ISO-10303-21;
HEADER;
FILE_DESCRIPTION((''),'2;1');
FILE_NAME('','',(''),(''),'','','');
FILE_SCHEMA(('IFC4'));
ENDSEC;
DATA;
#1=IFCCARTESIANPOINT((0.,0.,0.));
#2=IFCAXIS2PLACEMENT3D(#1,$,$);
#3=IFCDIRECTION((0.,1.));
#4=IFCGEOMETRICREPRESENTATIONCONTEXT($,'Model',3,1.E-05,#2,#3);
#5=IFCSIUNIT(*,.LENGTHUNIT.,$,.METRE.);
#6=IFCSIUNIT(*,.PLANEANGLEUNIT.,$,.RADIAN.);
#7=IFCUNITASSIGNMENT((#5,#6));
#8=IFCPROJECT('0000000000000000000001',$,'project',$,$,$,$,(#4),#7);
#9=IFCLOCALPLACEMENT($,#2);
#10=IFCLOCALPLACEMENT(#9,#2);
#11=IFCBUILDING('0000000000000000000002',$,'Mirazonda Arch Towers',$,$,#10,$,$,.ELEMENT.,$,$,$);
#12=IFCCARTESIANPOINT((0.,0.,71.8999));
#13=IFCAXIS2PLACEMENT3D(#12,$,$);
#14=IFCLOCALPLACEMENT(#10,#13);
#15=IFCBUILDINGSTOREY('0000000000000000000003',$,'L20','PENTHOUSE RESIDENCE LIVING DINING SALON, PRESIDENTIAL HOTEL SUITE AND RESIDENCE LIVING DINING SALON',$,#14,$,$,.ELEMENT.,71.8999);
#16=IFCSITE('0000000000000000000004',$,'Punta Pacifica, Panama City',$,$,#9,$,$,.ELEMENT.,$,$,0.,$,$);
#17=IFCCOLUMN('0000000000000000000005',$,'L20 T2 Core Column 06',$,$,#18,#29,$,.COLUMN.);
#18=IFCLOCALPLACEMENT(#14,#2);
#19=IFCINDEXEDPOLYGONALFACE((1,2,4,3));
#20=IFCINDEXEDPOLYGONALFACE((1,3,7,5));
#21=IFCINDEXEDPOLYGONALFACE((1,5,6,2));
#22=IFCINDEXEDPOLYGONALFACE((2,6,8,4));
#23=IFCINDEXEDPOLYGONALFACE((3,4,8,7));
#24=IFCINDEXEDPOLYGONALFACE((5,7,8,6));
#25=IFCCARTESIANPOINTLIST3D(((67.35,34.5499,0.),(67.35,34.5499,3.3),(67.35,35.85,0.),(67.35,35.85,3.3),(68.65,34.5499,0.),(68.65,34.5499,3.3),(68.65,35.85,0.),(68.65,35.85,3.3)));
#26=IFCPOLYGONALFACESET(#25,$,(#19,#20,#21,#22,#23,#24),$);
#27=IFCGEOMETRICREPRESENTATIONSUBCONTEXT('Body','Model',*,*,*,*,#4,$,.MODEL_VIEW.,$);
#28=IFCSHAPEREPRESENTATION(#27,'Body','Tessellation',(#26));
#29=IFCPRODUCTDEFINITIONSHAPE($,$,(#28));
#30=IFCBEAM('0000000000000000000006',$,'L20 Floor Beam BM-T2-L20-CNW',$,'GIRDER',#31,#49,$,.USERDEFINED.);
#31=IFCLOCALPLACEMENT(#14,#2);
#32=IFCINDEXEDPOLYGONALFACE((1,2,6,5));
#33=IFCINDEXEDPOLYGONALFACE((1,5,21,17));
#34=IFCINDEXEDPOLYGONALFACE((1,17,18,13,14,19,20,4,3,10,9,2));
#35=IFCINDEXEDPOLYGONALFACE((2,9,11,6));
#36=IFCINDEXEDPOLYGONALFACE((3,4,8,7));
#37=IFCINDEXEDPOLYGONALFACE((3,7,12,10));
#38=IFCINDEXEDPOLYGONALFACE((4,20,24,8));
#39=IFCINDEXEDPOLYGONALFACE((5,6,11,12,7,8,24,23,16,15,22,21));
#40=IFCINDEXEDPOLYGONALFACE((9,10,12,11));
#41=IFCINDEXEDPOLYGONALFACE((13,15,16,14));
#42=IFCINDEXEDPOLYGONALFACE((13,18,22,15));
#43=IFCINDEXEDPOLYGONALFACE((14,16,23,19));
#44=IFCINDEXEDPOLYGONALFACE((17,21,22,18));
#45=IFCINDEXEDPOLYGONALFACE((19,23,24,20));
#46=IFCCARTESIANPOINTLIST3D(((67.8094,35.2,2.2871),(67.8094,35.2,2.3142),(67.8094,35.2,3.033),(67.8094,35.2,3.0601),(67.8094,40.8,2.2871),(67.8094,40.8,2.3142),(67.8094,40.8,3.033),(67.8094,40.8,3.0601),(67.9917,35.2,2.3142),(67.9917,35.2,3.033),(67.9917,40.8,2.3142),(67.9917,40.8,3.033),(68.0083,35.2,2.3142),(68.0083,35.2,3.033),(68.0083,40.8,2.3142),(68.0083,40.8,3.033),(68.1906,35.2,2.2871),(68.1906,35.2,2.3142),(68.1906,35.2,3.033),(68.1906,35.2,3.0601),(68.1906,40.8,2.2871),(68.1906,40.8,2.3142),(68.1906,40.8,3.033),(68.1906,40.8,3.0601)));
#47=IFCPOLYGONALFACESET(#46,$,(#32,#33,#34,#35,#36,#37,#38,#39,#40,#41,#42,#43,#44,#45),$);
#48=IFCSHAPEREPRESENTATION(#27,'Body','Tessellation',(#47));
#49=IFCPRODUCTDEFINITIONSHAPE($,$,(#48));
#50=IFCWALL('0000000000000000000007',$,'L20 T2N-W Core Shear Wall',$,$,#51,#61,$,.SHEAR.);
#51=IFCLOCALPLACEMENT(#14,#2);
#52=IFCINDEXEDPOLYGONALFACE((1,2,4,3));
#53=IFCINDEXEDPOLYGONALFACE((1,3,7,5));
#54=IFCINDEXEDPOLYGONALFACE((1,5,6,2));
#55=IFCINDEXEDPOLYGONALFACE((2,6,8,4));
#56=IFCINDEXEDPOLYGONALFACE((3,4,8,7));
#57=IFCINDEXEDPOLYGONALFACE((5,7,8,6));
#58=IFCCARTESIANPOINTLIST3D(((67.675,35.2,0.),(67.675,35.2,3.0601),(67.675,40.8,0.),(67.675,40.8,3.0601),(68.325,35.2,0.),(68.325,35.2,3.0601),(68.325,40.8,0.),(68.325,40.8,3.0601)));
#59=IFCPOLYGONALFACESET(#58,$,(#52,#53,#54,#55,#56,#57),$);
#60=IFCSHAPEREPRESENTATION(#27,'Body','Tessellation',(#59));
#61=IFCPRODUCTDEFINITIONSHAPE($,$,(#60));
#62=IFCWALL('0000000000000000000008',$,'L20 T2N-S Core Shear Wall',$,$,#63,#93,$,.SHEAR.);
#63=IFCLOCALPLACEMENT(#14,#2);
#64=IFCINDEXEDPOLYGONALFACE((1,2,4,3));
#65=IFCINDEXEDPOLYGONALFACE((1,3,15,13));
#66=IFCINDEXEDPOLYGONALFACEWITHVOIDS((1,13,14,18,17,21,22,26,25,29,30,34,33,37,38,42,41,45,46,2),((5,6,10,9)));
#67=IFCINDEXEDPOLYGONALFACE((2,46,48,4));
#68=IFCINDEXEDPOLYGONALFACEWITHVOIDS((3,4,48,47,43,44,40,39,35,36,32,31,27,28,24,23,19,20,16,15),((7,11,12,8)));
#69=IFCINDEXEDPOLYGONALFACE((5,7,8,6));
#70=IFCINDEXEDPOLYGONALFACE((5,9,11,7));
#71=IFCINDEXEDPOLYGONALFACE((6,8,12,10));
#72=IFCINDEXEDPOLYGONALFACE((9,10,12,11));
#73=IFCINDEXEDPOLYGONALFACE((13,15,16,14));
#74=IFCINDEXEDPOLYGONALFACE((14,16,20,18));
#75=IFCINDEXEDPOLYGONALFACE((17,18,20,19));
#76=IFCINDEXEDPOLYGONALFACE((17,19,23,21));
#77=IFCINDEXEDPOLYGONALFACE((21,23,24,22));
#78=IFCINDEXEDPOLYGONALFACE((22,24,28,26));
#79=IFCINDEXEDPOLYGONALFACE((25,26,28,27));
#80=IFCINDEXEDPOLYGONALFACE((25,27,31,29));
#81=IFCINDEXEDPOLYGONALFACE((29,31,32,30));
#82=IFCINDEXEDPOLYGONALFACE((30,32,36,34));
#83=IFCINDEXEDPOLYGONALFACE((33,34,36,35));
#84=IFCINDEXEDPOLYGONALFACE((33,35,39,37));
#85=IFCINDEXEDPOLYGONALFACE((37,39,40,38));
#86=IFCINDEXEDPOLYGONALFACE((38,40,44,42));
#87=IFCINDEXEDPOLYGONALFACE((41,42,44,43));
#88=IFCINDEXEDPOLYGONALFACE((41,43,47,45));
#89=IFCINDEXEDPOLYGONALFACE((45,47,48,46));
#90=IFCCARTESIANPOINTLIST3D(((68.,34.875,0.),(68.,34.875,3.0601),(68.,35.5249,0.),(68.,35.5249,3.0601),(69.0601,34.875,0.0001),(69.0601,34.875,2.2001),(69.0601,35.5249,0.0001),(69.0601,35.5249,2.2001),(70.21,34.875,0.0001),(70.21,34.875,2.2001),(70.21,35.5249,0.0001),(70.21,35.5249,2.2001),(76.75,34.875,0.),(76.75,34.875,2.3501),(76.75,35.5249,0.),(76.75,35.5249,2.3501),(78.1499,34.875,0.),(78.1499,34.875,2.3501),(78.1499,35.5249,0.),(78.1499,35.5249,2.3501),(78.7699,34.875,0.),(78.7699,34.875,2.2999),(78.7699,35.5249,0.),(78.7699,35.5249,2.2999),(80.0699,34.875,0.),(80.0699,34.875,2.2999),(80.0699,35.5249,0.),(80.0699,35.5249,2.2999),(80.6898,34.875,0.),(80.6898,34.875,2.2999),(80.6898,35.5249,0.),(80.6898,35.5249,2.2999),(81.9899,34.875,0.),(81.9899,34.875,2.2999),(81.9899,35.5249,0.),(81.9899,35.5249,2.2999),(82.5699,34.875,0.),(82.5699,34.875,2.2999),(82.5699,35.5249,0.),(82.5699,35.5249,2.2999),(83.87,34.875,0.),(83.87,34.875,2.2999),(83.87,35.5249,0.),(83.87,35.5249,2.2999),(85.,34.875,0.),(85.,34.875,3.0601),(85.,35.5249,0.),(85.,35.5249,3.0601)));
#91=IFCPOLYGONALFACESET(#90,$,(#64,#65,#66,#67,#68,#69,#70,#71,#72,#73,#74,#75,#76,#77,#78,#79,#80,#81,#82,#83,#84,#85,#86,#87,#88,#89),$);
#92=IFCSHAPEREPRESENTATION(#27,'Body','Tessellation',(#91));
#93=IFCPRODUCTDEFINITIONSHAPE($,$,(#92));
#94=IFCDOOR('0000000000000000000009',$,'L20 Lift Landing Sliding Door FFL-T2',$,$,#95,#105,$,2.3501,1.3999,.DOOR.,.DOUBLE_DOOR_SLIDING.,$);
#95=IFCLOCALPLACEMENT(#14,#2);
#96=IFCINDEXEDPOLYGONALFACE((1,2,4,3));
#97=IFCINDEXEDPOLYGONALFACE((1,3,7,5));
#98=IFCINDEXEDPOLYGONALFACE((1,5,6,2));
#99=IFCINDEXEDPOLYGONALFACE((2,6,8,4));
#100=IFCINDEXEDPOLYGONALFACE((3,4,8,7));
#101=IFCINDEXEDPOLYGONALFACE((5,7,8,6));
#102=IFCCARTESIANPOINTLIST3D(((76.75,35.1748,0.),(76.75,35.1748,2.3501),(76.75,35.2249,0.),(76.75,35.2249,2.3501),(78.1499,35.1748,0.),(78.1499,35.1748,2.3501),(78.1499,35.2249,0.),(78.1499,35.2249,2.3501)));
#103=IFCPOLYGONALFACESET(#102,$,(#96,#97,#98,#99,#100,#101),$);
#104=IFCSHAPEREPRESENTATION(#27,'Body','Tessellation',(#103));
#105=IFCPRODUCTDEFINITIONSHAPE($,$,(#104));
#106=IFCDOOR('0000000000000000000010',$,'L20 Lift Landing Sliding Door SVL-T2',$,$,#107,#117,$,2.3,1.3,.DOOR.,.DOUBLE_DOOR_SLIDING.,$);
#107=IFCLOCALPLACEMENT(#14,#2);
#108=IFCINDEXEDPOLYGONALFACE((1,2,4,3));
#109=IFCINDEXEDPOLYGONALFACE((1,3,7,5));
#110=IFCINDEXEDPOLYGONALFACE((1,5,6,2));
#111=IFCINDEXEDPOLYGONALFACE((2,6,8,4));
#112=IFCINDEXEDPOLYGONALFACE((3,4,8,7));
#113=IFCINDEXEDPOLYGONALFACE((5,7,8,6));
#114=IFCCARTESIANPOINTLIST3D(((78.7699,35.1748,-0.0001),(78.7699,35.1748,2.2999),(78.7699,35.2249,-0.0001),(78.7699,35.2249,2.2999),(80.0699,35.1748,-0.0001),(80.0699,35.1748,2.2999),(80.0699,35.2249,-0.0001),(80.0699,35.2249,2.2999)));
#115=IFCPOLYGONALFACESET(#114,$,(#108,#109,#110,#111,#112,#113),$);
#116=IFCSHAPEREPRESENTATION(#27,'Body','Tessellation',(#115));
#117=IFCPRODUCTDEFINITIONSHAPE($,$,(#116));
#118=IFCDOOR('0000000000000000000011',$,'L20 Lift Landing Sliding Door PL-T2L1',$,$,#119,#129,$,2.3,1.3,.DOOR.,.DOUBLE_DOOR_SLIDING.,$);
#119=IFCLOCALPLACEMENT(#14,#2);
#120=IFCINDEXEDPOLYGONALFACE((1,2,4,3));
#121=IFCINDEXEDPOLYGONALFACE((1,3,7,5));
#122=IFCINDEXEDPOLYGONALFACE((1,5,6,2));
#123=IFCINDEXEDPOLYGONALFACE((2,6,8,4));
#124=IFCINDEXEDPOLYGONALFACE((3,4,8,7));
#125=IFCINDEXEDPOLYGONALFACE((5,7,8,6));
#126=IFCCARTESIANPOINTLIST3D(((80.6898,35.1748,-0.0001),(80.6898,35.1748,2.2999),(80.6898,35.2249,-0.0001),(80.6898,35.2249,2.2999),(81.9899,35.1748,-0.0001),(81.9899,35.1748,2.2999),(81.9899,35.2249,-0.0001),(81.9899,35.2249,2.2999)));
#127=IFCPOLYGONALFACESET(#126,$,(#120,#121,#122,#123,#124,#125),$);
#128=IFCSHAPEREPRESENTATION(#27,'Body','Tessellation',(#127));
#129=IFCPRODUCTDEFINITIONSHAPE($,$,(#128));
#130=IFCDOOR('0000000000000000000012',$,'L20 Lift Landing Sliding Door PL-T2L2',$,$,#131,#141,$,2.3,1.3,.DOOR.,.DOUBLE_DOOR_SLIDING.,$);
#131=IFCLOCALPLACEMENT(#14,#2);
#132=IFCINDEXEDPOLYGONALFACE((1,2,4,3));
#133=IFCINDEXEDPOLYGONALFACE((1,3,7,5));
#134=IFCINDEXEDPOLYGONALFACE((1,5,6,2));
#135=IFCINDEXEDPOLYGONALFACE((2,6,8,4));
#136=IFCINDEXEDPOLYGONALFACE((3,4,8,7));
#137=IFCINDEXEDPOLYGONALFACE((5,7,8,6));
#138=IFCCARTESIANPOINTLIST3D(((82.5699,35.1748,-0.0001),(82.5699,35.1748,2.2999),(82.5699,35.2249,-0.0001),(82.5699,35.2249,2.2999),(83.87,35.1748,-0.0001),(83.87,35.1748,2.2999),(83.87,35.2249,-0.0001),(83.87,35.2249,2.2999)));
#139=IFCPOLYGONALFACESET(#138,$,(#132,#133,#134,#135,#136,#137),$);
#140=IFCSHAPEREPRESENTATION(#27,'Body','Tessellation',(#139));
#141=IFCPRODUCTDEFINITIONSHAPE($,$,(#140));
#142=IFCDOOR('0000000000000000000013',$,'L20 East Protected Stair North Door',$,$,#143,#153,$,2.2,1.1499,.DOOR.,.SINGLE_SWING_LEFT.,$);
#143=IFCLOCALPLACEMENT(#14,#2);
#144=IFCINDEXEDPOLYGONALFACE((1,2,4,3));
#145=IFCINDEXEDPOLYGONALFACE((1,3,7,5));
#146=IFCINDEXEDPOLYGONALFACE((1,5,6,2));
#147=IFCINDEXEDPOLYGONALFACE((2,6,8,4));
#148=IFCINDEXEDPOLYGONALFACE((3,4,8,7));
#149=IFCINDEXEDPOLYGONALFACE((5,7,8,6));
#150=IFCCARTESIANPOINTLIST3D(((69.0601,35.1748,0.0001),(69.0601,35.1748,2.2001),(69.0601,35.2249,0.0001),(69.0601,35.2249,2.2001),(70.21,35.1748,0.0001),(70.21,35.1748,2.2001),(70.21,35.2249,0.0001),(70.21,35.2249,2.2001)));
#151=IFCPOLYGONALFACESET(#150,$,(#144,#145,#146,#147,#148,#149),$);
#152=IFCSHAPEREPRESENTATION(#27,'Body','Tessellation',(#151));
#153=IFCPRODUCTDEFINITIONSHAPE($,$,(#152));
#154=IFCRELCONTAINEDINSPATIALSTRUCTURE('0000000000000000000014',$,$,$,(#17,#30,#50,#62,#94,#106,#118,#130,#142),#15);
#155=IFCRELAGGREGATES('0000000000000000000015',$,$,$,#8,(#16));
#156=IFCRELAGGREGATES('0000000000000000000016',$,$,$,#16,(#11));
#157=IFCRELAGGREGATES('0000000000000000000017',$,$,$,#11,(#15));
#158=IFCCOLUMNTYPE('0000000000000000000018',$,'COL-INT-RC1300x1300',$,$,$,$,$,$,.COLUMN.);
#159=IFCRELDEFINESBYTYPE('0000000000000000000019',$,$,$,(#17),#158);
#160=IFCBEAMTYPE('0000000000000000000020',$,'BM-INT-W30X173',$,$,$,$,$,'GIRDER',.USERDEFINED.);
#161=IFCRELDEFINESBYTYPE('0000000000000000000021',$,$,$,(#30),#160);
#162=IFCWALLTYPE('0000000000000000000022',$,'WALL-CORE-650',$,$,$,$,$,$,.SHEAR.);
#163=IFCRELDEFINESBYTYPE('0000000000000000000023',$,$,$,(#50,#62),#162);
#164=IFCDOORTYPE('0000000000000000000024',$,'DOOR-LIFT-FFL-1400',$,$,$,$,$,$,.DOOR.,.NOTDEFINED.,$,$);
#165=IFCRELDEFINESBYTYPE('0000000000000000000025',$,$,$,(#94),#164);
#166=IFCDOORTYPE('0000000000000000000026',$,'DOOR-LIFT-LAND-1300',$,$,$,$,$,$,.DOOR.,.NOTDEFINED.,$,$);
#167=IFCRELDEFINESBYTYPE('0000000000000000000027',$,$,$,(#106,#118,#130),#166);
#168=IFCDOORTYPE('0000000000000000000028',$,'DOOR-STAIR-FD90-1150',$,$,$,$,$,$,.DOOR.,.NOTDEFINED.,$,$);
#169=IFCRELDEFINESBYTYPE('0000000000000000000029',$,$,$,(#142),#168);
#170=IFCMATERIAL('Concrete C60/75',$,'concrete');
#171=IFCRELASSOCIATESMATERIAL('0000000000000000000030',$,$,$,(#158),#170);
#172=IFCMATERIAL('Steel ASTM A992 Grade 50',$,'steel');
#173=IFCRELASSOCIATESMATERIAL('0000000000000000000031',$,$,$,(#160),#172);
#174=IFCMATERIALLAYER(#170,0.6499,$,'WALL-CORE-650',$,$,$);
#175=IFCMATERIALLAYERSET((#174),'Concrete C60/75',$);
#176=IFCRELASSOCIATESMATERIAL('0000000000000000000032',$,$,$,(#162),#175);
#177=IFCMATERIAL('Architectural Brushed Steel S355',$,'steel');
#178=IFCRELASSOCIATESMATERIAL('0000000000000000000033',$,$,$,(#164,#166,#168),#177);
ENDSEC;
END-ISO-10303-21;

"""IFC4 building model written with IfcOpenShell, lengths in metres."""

from ifc_helpers import new_model, si_unit, direction, frame, frame_2d, origin, origin_2d, place, context, subcontext, project, spatial, rectangle, i_section, extrude, material, layer, layer_set, material_profile, profile_set, type_object, element, fill, save


model = new_model("IFC4")

# Units and contexts
model_context = context("Model", 3, precision=1e-05, world=origin(), true_north=direction((0.0, 1.0)))
body_context = subcontext(model_context, "Body", "Model", "MODEL_VIEW")
ifc_project = project(units=[si_unit("LENGTHUNIT", "METRE"), si_unit("PLANEANGLEUNIT", "RADIAN")], contexts=[model_context])

# Site, building, storey
site_placement = place(None, origin())
site = spatial("IfcSite", under=ifc_project, at=site_placement, Name="Punta Pacifica, Panama City", CompositionType="ELEMENT", RefElevation=0.0)
building_placement = place(site_placement, origin())
building = spatial("IfcBuilding", under=site, at=building_placement, Name="Mirazonda Arch Towers", CompositionType="ELEMENT")
storey_placement = place(building_placement, frame((0.0, 0.0, 71.8999)))
storey = spatial("IfcBuildingStorey", under=building, at=storey_placement, Name="L20", Description="PENTHOUSE RESIDENCE LIVING DINING SALON, PRESIDENTIAL HOTEL SUITE AND RESIDENCE LIVING DINING SALON", CompositionType="ELEMENT", Elevation=71.8999)

# Column
ifc_material_1 = material(Name="Concrete C60/75", Category="concrete")
ifc_material_profile_1 = material_profile(ifc_material_1, rectangle(XDim=1.3, YDim=1.3, at=origin_2d()), Name="RC1300x1300")
ifc_profile_set_1 = profile_set([ifc_material_profile_1], Name="Concrete C60/75")
column_type = type_object("IfcColumnType", Name="COL-INT-RC1300x1300", PredefinedType="COLUMN", material=ifc_profile_set_1)
column_placement = place(storey_placement, frame((68.0, 35.2, 0.0), z_axis=(0.0, 0.0, 1.0), x_axis=(1.0, 0.0, 0.0)))
element("IfcColumn", 1, at=column_placement, inside=storey, type_object=column_type, Name="L20 T2 Core Column 06", PredefinedType="COLUMN", context=body_context, shape_type="SweptSolid", body=[
    extrude(rectangle(XDim=1.3, YDim=1.3, at=origin_2d()), origin(), (0.0, 0.0, 1.0), 3.3),
])

# Beam
ifc_material_2 = material(Name="Steel ASTM A992 Grade 50", Category="steel")
ifc_material_profile_2 = material_profile(ifc_material_2, i_section(OverallWidth=0.3811, OverallDepth=0.7729, WebThickness=0.0166, FlangeThickness=0.0271, at=origin_2d()), Name="W30X173")
ifc_profile_set_2 = profile_set([ifc_material_profile_2], Name="Steel ASTM A992 Grade 50")
beam_type = type_object("IfcBeamType", Name="BM-INT-W30X173", ElementType="GIRDER", PredefinedType="USERDEFINED", material=ifc_profile_set_2)
beam_placement = place(storey_placement, frame((68.0, 35.2, 2.6736), z_axis=(0.0, 1.0, 0.0), x_axis=(-1.0, 0.0, 0.0)))
element("IfcBeam", 2, at=beam_placement, inside=storey, type_object=beam_type, Name="L20 Floor Beam BM-T2-L20-CNW", ObjectType="GIRDER", PredefinedType="USERDEFINED", context=body_context, shape_type="SweptSolid", body=[
    extrude(i_section(OverallWidth=0.3811, OverallDepth=0.7729, WebThickness=0.0166, FlangeThickness=0.0271, at=origin_2d()), origin(), (0.0, 0.0, 1.0), 5.6001),
])

# Wall
ifc_layer_1 = layer(ifc_material_1, 0.6499, Name="WALL-CORE-650")
ifc_layer_set_1 = layer_set([ifc_layer_1], Name="Concrete C60/75")
wall_type_1 = type_object("IfcWallType", Name="WALL-CORE-650", PredefinedType="SHEAR", material=ifc_layer_set_1)
wall_1_placement = place(storey_placement, frame((68.0, 35.2, 0.0), z_axis=(0.0, 0.0, 1.0), x_axis=(0.0, 1.0, 0.0)))
element("IfcWall", 3, at=wall_1_placement, inside=storey, type_object=wall_type_1, Name="L20 T2N-W Core Shear Wall", PredefinedType="SHEAR", context=body_context, shape_type="SweptSolid", body=[
    extrude(rectangle(XDim=5.6001, YDim=0.6499, at=frame_2d((2.8, 0.0))), origin(), (0.0, 0.0, 1.0), 3.0601),
])

# Wall, openings, doors
wall_2_placement = place(storey_placement, frame((68.0, 35.2, 0.0), z_axis=(0.0, 0.0, 1.0), x_axis=(1.0, 0.0, 0.0)))
wall_2 = element("IfcWall", 4, at=wall_2_placement, inside=storey, type_object=wall_type_1, Name="L20 T2N-S Core Shear Wall", PredefinedType="SHEAR", context=body_context, shape_type="SweptSolid", body=[
    extrude(rectangle(XDim=17.0, YDim=0.6499, at=frame_2d((8.5, 0.0))), origin(), (0.0, 0.0, 1.0), 3.0601),
])
opening_1_placement = place(wall_2_placement, frame((1.0601, 0.0, 0.0)))
opening_1 = element("IfcOpeningElement", 5, at=opening_1_placement, cuts=wall_2, PredefinedType="OPENING", context=body_context, shape_type="SweptSolid", body=[
    extrude(rectangle(XDim=1.1499, YDim=2.2, at=frame_2d((0.575, 1.1001))), frame((0.0, 0.335, 0.0), z_axis=(0.0, -1.0, 0.0), x_axis=(1.0, 0.0, 0.0)), (0.0, 0.0, 1.0), 0.6699),
])
opening_2_placement = place(wall_2_placement, frame((8.75, 0.0, 0.0)))
opening_2 = element("IfcOpeningElement", 6, at=opening_2_placement, cuts=wall_2, PredefinedType="OPENING", context=body_context, shape_type="SweptSolid", body=[
    extrude(rectangle(XDim=1.3999, YDim=2.3501, at=frame_2d((0.7, 1.175))), frame((0.0, 0.335, 0.0), z_axis=(0.0, -1.0, 0.0), x_axis=(1.0, 0.0, 0.0)), (0.0, 0.0, 1.0), 0.6699),
])
opening_3_placement = place(wall_2_placement, frame((10.77, 0.0, 0.0)))
opening_3 = element("IfcOpeningElement", 7, at=opening_3_placement, cuts=wall_2, PredefinedType="OPENING", context=body_context, shape_type="SweptSolid", body=[
    extrude(rectangle(XDim=1.3, YDim=2.3, at=frame_2d((0.6499, 1.1499))), frame((0.0, 0.335, 0.0), z_axis=(0.0, -1.0, 0.0), x_axis=(1.0, 0.0, 0.0)), (0.0, 0.0, 1.0), 0.6699),
])
opening_4_placement = place(wall_2_placement, frame((12.6899, 0.0, 0.0)))
opening_4 = element("IfcOpeningElement", 8, at=opening_4_placement, cuts=wall_2, PredefinedType="OPENING", context=body_context, shape_type="SweptSolid", body=[
    extrude(rectangle(XDim=1.3, YDim=2.3, at=frame_2d((0.6499, 1.1499))), frame((0.0, 0.335, 0.0), z_axis=(0.0, -1.0, 0.0), x_axis=(1.0, 0.0, 0.0)), (0.0, 0.0, 1.0), 0.6699),
])
opening_5_placement = place(wall_2_placement, frame((14.5701, 0.0, 0.0)))
opening_5 = element("IfcOpeningElement", 9, at=opening_5_placement, cuts=wall_2, PredefinedType="OPENING", context=body_context, shape_type="SweptSolid", body=[
    extrude(rectangle(XDim=1.3, YDim=2.3, at=frame_2d((0.6499, 1.1499))), frame((0.0, 0.335, 0.0), z_axis=(0.0, -1.0, 0.0), x_axis=(1.0, 0.0, 0.0)), (0.0, 0.0, 1.0), 0.6699),
])
ifc_material_3 = material(Name="Architectural Brushed Steel S355", Category="steel")
door_type_1 = type_object("IfcDoorType", Name="DOOR-LIFT-FFL-1400", OperationType="NOTDEFINED", PredefinedType="DOOR", material=ifc_material_3)
door_1_placement = place(opening_2_placement, origin())
door_1 = element("IfcDoor", 10, at=door_1_placement, inside=storey, type_object=door_type_1, Name="L20 Lift Landing Sliding Door FFL-T2", OperationType="DOUBLE_DOOR_SLIDING", OverallHeight=2.3501, OverallWidth=1.3999, PredefinedType="DOOR", context=body_context, shape_type="SweptSolid", body=[
    extrude(rectangle(XDim=1.3999, YDim=2.3501, at=frame_2d((0.7, 1.175))), frame((0.0, 0.0249, 0.0), z_axis=(0.0, -1.0, 0.0), x_axis=(1.0, 0.0, 0.0)), (0.0, 0.0, 1.0), 0.05),
])
fill(opening_2, door_1)
door_type_2 = type_object("IfcDoorType", Name="DOOR-LIFT-LAND-1300", OperationType="NOTDEFINED", PredefinedType="DOOR", material=ifc_material_3)
door_2_placement = place(opening_3_placement, origin())
door_2 = element("IfcDoor", 11, at=door_2_placement, inside=storey, type_object=door_type_2, Name="L20 Lift Landing Sliding Door SVL-T2", OperationType="DOUBLE_DOOR_SLIDING", OverallHeight=2.3, OverallWidth=1.3, PredefinedType="DOOR", context=body_context, shape_type="SweptSolid", body=[
    extrude(rectangle(XDim=1.3, YDim=2.3, at=frame_2d((0.6499, 1.1499))), frame((0.0, 0.0249, 0.0), z_axis=(0.0, -1.0, 0.0), x_axis=(1.0, 0.0, 0.0)), (0.0, 0.0, 1.0), 0.05),
])
fill(opening_3, door_2)
door_3_placement = place(opening_4_placement, origin())
door_3 = element("IfcDoor", 12, at=door_3_placement, inside=storey, type_object=door_type_2, Name="L20 Lift Landing Sliding Door PL-T2L1", OperationType="DOUBLE_DOOR_SLIDING", OverallHeight=2.3, OverallWidth=1.3, PredefinedType="DOOR", context=body_context, shape_type="SweptSolid", body=[
    extrude(rectangle(XDim=1.3, YDim=2.3, at=frame_2d((0.6499, 1.1499))), frame((0.0, 0.0249, 0.0), z_axis=(0.0, -1.0, 0.0), x_axis=(1.0, 0.0, 0.0)), (0.0, 0.0, 1.0), 0.05),
])
fill(opening_4, door_3)
door_4_placement = place(opening_5_placement, origin())
door_4 = element("IfcDoor", 13, at=door_4_placement, inside=storey, type_object=door_type_2, Name="L20 Lift Landing Sliding Door PL-T2L2", OperationType="DOUBLE_DOOR_SLIDING", OverallHeight=2.3, OverallWidth=1.3, PredefinedType="DOOR", context=body_context, shape_type="SweptSolid", body=[
    extrude(rectangle(XDim=1.3, YDim=2.3, at=frame_2d((0.6499, 1.1499))), frame((0.0, 0.0249, 0.0), z_axis=(0.0, -1.0, 0.0), x_axis=(1.0, 0.0, 0.0)), (0.0, 0.0, 1.0), 0.05),
])
fill(opening_5, door_4)
door_type_3 = type_object("IfcDoorType", Name="DOOR-STAIR-FD90-1150", OperationType="NOTDEFINED", PredefinedType="DOOR", material=ifc_material_3)
door_5_placement = place(opening_1_placement, origin())
door_5 = element("IfcDoor", 14, at=door_5_placement, inside=storey, type_object=door_type_3, Name="L20 East Protected Stair North Door", OperationType="SINGLE_SWING_LEFT", OverallHeight=2.2, OverallWidth=1.1499, PredefinedType="DOOR", context=body_context, shape_type="SweptSolid", body=[
    extrude(rectangle(XDim=1.1499, YDim=2.2, at=frame_2d((0.575, 1.1001))), frame((0.0, 0.0249, 0.0), z_axis=(0.0, -1.0, 0.0), x_axis=(1.0, 0.0, 0.0)), (0.0, 0.0, 1.0), 0.05),
])
fill(opening_1, door_5)

save(model, "model.ifc")
